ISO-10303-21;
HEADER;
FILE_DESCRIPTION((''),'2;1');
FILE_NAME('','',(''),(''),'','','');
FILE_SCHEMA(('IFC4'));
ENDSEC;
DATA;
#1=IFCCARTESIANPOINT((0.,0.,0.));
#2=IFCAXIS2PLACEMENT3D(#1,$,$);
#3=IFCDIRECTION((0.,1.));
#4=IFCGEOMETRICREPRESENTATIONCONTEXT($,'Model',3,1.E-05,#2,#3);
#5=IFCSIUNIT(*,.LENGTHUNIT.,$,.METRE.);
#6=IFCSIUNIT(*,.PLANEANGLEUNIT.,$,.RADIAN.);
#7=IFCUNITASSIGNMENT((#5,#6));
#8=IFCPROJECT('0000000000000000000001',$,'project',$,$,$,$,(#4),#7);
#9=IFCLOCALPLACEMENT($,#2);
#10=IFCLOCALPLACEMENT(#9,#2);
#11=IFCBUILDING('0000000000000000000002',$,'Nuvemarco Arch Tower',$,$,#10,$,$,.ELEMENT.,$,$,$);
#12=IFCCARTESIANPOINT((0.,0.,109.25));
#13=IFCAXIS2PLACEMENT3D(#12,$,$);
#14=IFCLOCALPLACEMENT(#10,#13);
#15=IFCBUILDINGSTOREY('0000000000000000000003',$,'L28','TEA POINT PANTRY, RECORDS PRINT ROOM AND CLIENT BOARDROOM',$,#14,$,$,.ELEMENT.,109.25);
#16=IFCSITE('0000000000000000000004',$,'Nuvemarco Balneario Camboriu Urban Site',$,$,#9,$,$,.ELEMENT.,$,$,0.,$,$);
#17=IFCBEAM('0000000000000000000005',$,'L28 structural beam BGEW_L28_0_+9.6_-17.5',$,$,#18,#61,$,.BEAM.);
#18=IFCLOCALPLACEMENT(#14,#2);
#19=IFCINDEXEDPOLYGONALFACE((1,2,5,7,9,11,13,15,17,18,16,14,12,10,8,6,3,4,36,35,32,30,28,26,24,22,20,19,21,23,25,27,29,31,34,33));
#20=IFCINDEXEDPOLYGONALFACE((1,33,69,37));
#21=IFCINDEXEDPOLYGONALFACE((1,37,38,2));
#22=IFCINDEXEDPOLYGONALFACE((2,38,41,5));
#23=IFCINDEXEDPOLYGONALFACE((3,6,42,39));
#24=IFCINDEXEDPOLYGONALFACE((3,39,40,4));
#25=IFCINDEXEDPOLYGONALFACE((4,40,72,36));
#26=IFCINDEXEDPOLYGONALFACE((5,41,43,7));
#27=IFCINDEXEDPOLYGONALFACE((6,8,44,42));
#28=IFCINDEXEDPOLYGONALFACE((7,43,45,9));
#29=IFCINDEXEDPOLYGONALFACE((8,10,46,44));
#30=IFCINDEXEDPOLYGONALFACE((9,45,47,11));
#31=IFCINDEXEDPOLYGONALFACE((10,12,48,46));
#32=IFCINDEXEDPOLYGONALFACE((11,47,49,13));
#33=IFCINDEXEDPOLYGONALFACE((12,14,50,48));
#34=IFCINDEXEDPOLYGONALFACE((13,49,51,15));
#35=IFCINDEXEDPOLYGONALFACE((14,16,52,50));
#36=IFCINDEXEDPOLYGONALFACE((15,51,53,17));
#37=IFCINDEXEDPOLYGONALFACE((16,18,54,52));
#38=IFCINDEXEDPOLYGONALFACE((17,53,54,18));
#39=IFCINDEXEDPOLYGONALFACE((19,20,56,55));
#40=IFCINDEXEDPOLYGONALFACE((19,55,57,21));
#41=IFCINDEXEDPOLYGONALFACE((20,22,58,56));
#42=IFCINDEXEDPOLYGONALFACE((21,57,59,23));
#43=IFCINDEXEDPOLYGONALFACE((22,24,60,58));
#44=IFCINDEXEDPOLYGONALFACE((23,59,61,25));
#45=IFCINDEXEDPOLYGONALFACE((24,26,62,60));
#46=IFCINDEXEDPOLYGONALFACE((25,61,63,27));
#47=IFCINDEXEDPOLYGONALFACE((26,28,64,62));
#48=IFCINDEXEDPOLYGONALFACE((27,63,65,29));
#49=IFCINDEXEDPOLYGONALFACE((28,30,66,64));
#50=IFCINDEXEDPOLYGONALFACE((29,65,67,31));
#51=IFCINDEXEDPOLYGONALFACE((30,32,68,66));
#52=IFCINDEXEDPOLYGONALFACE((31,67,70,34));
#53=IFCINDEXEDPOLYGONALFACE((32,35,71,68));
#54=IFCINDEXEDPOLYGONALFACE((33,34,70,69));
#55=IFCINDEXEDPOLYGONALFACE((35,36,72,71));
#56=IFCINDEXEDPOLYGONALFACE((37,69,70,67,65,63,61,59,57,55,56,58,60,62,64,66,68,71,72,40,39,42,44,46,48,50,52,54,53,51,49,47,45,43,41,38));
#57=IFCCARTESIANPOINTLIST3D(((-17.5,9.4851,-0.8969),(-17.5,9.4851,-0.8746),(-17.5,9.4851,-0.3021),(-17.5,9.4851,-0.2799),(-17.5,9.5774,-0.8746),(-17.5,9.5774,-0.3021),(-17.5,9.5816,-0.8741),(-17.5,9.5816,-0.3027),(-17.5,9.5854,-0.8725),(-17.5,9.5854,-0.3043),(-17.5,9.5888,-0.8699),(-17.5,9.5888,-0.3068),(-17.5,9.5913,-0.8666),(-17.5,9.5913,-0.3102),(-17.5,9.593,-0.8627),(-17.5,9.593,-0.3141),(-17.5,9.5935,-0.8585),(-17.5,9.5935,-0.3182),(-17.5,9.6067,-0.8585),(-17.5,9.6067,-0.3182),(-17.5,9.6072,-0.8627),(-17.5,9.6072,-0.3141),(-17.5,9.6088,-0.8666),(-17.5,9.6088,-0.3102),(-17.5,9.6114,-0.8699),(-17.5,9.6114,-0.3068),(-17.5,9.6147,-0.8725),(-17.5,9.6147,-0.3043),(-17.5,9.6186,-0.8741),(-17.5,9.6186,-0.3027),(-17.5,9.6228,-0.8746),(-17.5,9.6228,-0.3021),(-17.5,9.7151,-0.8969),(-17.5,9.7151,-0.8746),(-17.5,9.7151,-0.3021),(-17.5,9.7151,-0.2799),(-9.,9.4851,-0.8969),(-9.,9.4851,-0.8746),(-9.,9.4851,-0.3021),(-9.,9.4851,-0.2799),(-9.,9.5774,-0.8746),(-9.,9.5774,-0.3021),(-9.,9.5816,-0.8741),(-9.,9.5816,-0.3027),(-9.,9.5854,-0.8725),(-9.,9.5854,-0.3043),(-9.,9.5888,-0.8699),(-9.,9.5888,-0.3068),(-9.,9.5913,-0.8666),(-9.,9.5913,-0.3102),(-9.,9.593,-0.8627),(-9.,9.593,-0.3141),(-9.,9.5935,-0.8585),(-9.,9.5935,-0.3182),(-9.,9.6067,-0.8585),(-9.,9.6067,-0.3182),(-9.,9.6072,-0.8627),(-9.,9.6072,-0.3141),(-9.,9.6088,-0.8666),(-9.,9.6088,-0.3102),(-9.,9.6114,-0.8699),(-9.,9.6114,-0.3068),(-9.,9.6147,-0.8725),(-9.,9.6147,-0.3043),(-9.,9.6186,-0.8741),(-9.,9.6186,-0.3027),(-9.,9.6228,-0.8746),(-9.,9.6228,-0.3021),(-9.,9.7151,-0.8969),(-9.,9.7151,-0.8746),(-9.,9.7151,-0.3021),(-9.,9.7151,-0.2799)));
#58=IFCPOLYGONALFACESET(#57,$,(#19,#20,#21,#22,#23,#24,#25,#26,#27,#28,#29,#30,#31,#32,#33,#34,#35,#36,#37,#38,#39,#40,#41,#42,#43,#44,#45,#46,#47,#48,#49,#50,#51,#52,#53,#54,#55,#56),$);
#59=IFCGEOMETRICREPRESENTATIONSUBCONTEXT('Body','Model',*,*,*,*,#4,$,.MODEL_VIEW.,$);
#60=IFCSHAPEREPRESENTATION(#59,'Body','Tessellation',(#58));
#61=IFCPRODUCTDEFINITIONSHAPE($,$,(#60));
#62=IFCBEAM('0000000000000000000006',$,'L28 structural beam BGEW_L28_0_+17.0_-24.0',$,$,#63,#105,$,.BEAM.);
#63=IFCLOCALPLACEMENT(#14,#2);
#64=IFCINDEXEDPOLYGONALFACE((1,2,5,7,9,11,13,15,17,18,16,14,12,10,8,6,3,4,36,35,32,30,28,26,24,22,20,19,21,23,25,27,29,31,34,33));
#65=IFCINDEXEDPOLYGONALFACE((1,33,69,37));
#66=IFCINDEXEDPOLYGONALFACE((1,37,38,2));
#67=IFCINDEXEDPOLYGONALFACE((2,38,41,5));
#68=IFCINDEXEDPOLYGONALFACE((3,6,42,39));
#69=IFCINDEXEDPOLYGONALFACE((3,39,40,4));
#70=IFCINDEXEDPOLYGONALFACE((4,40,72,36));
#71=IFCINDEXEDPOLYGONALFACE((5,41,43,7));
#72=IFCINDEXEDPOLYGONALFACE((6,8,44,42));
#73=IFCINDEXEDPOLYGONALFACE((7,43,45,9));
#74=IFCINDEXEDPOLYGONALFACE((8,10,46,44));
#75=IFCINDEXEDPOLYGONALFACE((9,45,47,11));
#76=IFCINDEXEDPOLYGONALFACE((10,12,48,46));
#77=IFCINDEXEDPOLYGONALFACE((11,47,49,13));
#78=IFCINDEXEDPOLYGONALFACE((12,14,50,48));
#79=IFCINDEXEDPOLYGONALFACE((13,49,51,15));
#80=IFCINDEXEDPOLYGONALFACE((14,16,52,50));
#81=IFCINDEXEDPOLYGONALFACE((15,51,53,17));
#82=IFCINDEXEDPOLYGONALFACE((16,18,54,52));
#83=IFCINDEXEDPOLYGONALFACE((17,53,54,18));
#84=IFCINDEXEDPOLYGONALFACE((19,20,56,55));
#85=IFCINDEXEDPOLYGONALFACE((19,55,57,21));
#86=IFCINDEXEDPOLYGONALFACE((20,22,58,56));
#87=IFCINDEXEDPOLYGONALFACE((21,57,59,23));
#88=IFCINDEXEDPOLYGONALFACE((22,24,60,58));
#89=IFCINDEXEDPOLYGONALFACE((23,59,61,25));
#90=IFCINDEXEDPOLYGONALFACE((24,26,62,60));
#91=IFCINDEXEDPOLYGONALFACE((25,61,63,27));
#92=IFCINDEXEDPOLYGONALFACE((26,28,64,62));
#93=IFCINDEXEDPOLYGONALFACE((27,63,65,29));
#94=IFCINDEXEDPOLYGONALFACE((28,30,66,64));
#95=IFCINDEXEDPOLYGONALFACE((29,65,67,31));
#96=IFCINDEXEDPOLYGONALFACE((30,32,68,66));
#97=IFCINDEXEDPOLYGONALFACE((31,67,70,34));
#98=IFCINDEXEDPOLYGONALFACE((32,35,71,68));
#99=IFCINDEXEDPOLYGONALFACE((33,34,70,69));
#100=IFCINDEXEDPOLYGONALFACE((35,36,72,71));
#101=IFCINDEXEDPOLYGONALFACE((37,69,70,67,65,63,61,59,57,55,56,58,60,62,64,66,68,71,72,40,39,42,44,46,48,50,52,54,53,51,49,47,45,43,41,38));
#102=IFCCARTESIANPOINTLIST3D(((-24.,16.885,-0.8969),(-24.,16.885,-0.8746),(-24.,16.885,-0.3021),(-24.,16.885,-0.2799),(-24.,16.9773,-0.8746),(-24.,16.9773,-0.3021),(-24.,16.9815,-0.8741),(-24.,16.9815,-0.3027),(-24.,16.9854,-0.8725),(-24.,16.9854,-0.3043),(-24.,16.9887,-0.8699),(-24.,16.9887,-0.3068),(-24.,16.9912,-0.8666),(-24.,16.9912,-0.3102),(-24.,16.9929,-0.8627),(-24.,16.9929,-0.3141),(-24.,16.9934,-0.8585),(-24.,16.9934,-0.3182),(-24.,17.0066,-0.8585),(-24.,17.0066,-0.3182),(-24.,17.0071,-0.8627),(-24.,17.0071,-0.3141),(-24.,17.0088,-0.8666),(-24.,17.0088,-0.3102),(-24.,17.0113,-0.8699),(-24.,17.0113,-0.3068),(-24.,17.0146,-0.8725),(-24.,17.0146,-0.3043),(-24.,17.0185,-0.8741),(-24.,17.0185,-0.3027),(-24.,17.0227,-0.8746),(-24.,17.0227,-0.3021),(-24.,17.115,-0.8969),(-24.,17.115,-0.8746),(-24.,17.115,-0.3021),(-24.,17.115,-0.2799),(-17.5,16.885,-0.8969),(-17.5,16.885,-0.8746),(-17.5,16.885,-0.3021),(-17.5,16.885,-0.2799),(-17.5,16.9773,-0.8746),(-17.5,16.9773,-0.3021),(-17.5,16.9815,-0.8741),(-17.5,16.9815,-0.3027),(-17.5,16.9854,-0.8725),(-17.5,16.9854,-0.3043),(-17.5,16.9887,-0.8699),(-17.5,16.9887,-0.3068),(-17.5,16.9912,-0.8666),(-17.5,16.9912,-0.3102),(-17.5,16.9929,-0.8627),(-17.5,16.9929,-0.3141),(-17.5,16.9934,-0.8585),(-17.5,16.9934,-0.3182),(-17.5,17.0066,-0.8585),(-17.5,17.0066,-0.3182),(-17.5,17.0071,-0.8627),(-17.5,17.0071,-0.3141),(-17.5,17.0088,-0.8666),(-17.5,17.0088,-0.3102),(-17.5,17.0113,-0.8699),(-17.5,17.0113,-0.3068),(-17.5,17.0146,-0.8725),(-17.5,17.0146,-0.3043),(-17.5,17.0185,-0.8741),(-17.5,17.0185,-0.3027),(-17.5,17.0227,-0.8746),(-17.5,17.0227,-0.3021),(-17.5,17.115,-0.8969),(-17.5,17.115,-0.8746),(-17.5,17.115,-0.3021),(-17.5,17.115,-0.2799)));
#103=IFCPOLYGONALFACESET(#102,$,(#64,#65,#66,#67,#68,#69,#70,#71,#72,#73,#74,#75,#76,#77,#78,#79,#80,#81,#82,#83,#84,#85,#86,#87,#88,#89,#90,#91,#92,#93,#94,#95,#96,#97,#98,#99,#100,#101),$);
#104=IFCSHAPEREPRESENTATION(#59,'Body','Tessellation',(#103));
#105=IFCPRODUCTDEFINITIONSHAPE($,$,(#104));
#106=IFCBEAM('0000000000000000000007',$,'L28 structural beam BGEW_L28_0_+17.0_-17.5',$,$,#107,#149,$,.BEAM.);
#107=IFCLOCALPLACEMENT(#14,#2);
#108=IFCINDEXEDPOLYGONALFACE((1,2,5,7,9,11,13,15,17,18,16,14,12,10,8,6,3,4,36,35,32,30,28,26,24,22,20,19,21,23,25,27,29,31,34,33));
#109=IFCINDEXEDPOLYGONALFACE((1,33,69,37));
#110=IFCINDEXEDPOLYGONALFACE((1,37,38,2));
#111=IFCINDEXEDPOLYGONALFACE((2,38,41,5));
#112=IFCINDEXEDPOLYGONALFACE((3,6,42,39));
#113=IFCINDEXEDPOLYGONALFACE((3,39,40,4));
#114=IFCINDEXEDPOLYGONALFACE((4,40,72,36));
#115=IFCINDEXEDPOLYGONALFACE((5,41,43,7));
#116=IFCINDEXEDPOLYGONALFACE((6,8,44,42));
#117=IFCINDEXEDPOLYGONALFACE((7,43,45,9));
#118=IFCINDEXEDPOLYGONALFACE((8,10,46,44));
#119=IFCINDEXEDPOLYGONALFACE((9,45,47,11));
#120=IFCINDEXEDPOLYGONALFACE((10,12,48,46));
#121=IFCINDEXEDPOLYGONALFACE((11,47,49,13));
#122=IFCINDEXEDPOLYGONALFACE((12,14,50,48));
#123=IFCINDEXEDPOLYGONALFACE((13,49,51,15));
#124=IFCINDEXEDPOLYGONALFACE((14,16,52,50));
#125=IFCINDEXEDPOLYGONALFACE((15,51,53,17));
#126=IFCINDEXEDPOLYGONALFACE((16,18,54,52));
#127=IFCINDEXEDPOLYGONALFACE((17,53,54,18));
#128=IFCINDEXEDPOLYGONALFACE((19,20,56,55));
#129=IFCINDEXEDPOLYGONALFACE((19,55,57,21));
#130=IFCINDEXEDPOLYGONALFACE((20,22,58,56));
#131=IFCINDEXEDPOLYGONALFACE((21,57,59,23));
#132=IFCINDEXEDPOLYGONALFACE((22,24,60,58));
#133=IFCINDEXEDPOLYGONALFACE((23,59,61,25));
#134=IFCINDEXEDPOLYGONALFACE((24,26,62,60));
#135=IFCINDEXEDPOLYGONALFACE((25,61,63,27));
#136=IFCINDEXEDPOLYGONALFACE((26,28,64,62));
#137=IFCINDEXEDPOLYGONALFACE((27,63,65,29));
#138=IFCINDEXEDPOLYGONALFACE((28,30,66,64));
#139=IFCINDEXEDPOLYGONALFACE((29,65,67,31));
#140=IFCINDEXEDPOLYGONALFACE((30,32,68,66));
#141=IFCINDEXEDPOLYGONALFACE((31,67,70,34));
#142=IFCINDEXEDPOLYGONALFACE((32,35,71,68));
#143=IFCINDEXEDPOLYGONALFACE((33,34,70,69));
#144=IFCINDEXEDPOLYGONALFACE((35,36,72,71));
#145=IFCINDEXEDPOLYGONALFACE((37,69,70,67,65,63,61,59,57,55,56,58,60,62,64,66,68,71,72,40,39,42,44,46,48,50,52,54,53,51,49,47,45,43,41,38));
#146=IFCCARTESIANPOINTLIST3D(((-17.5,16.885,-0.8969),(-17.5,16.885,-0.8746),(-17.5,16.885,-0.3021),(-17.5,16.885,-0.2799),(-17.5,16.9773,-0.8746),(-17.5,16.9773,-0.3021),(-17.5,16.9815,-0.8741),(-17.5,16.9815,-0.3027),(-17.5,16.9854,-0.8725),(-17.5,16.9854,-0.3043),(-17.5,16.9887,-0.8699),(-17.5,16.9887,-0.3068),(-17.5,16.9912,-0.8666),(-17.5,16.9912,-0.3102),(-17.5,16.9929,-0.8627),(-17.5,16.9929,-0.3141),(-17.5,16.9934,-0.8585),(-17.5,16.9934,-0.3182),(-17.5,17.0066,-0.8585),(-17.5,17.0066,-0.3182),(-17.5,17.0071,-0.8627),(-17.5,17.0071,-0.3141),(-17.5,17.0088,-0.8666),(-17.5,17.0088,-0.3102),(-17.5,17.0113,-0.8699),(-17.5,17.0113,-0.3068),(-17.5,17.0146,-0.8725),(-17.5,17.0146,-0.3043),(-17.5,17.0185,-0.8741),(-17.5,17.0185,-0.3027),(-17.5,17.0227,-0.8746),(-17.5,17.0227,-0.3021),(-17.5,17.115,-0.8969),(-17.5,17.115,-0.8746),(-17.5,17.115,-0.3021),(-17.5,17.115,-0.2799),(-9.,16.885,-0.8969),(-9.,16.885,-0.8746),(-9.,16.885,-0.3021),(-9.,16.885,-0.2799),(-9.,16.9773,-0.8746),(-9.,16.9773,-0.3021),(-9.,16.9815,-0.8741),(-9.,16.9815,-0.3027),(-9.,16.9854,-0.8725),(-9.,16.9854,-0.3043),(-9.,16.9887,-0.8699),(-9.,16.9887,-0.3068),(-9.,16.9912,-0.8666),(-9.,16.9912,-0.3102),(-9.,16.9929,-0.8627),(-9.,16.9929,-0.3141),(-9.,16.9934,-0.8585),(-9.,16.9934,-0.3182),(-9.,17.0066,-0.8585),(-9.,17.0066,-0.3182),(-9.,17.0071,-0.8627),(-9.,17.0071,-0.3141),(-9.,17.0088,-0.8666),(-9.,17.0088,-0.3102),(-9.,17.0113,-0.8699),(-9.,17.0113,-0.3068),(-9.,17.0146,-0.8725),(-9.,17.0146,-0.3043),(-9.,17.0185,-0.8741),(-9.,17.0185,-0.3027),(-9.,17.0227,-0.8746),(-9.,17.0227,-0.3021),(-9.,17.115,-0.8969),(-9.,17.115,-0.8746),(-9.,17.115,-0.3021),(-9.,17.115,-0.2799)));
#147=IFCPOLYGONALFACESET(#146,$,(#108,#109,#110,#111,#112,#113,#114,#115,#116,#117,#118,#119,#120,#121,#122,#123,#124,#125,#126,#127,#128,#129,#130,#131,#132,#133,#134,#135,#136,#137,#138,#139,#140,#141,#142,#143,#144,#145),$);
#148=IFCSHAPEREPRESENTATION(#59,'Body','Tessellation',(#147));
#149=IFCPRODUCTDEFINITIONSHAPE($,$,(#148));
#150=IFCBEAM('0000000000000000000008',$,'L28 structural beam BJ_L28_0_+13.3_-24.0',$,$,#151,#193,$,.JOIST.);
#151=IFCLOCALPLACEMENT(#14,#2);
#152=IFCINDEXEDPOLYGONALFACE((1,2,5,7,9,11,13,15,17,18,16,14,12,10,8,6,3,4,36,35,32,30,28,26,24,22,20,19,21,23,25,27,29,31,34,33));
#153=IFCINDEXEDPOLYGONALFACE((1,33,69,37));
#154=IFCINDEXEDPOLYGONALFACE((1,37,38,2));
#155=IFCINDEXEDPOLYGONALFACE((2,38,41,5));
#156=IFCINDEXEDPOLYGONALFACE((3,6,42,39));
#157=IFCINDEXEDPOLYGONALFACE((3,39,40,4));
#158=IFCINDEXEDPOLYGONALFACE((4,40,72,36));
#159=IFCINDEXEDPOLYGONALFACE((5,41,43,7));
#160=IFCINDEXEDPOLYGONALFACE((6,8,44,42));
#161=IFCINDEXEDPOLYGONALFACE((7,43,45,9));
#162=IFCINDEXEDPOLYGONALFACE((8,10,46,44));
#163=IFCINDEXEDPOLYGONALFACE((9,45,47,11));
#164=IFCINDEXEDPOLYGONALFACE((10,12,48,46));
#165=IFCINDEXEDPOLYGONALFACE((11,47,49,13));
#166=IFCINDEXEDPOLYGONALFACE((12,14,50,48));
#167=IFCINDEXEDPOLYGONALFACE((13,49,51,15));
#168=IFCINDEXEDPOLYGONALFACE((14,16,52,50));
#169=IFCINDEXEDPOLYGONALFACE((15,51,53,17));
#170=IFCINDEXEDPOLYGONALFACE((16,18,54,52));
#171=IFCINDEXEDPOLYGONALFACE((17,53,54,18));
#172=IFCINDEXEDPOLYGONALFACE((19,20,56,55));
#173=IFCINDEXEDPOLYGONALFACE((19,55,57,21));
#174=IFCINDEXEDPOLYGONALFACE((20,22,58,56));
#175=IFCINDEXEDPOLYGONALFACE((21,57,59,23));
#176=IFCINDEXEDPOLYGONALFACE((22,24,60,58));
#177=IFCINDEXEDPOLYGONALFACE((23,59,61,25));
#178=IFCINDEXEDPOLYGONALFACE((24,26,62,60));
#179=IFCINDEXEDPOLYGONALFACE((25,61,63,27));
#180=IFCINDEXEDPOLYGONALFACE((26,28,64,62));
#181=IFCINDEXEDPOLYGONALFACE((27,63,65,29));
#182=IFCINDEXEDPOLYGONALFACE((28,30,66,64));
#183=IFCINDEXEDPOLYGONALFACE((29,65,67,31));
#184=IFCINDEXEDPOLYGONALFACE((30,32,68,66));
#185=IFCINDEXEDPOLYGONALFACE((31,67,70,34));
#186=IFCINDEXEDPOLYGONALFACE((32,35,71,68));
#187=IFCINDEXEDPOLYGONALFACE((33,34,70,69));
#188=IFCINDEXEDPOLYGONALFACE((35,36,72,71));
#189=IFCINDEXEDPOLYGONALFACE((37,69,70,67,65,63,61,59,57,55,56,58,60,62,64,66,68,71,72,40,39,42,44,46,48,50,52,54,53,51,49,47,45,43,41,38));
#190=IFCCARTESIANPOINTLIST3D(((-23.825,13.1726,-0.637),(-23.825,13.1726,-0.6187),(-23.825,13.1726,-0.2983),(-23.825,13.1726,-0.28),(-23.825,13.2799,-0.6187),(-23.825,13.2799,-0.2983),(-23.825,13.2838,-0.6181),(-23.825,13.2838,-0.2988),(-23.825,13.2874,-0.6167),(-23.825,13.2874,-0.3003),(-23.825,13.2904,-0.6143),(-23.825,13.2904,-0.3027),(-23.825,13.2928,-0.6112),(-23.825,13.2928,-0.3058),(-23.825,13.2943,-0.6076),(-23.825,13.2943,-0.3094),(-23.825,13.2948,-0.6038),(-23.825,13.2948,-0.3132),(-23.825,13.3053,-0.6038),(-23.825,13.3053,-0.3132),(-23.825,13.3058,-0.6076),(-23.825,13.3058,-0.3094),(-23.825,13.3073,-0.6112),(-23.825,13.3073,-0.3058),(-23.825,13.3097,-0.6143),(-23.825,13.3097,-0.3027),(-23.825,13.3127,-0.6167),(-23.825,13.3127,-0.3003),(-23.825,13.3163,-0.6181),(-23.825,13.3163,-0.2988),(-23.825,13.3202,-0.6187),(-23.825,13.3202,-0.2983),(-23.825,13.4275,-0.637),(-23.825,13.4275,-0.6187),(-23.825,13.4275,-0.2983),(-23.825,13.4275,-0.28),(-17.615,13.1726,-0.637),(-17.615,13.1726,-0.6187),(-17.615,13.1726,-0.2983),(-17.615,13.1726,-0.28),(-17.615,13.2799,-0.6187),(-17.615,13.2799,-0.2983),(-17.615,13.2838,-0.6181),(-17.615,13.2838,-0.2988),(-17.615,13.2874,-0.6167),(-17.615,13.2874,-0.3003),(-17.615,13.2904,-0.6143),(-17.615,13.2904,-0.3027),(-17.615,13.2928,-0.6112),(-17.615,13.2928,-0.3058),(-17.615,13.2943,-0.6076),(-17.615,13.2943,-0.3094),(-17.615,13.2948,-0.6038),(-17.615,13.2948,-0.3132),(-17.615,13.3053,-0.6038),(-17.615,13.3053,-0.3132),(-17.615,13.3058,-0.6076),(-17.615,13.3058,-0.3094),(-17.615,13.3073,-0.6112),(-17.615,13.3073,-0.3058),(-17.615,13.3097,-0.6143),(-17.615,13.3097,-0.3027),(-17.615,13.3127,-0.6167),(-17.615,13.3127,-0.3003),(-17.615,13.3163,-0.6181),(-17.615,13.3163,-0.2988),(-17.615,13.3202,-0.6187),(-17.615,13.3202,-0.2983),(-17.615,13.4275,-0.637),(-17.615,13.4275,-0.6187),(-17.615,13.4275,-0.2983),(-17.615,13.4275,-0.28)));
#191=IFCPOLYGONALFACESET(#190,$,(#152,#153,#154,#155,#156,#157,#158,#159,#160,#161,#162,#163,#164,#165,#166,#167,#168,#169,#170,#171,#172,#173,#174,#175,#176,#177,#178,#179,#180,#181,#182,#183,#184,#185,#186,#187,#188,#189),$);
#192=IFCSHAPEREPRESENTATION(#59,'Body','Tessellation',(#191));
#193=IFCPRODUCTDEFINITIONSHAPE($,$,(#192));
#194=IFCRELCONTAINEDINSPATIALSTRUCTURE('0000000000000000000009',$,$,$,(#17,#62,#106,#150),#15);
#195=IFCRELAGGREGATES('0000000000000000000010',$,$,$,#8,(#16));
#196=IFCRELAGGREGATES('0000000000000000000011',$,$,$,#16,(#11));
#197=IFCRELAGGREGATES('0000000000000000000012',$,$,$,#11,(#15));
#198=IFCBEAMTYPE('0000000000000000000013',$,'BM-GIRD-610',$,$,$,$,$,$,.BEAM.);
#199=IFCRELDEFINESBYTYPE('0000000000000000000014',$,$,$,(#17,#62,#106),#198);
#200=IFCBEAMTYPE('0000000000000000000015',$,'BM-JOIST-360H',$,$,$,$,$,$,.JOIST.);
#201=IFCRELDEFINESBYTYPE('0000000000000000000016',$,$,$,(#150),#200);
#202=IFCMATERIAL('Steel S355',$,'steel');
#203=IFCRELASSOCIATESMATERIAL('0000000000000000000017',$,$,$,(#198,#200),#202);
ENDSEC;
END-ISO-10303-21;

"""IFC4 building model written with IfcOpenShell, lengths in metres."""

from ifc_helpers import new_model, si_unit, direction, frame, origin, origin_2d, place, context, subcontext, project, spatial, i_section, extrude, material, material_profile, profile_set, type_object, element, save


model = new_model("IFC4")

# Units and contexts
model_context = context("Model", 3, precision=1e-05, world=origin(), true_north=direction((0.0, 1.0)))
body_context = subcontext(model_context, "Body", "Model", "MODEL_VIEW")
ifc_project = project(units=[si_unit("LENGTHUNIT", "METRE"), si_unit("PLANEANGLEUNIT", "RADIAN")], contexts=[model_context])

# Site, building, storey
site_placement = place(None, origin())
site = spatial("IfcSite", under=ifc_project, at=site_placement, Name="Nuvemarco Balneario Camboriu Urban Site", CompositionType="ELEMENT", RefElevation=0.0)
building_placement = place(site_placement, origin())
building = spatial("IfcBuilding", under=site, at=building_placement, Name="Nuvemarco Arch Tower", CompositionType="ELEMENT")
storey_placement = place(building_placement, frame((0.0, 0.0, 109.25)))
storey = spatial("IfcBuildingStorey", under=building, at=storey_placement, Name="L28", Description="TEA POINT PANTRY, RECORDS PRINT ROOM AND CLIENT BOARDROOM", CompositionType="ELEMENT", Elevation=109.25)

# Shared definitions
ifc_material_1 = material(Name="Steel S355", Category="steel")

# Beams
ifc_material_profile_1 = material_profile(ifc_material_1, i_section(OverallWidth=0.23, OverallDepth=0.6169, WebThickness=0.0132, FlangeThickness=0.0222, FilletRadius=0.0161, at=origin_2d()), Name="W610x140")
ifc_profile_set_1 = profile_set([ifc_material_profile_1], Name="Steel S355")
beam_type_1 = type_object("IfcBeamType", Name="BM-GIRD-610", PredefinedType="BEAM", material=ifc_profile_set_1)
beam_1_placement = place(storey_placement, frame((-17.5, 9.6001, -0.5884), z_axis=(1.0, 0.0, 0.0), x_axis=(0.0, 1.0, 0.0)))
element("IfcBeam", 1, at=beam_1_placement, inside=storey, type_object=beam_type_1, Name="L28 structural beam BGEW_L28_0_+9.6_-17.5", PredefinedType="BEAM", context=body_context, shape_type="SweptSolid", body=[
    extrude(i_section(OverallWidth=0.23, OverallDepth=0.6169, WebThickness=0.0132, FlangeThickness=0.0222, FilletRadius=0.0161, at=origin_2d()), origin(), (0.0, 0.0, 1.0), 8.5),
])
beam_2_placement = place(storey_placement, frame((-24.0, 17.0, -0.5884), z_axis=(1.0, 0.0, 0.0), x_axis=(0.0, 1.0, 0.0)))
element("IfcBeam", 2, at=beam_2_placement, inside=storey, type_object=beam_type_1, Name="L28 structural beam BGEW_L28_0_+17.0_-24.0", PredefinedType="BEAM", context=body_context, shape_type="SweptSolid", body=[
    extrude(i_section(OverallWidth=0.23, OverallDepth=0.6169, WebThickness=0.0132, FlangeThickness=0.0222, FilletRadius=0.0161, at=origin_2d()), origin(), (0.0, 0.0, 1.0), 6.5),
])
beam_3_placement = place(storey_placement, frame((-17.5, 17.0, -0.5884), z_axis=(1.0, 0.0, 0.0), x_axis=(0.0, 1.0, 0.0)))
element("IfcBeam", 3, at=beam_3_placement, inside=storey, type_object=beam_type_1, Name="L28 structural beam BGEW_L28_0_+17.0_-17.5", PredefinedType="BEAM", context=body_context, shape_type="SweptSolid", body=[
    extrude(i_section(OverallWidth=0.23, OverallDepth=0.6169, WebThickness=0.0132, FlangeThickness=0.0222, FilletRadius=0.0161, at=origin_2d()), origin(), (0.0, 0.0, 1.0), 8.5),
])
ifc_material_profile_2 = material_profile(ifc_material_1, i_section(OverallWidth=0.2549, OverallDepth=0.3569, WebThickness=0.0105, FlangeThickness=0.0183, FilletRadius=0.0149, at=origin_2d()), Name="W360x101")
ifc_profile_set_2 = profile_set([ifc_material_profile_2], Name="Steel S355")
beam_type_2 = type_object("IfcBeamType", Name="BM-JOIST-360H", PredefinedType="JOIST", material=ifc_profile_set_2)
beam_4_placement = place(storey_placement, frame((-23.825, 13.3, -0.4585), z_axis=(1.0, 0.0, 0.0), x_axis=(0.0, 1.0, 0.0)))
element("IfcBeam", 4, at=beam_4_placement, inside=storey, type_object=beam_type_2, Name="L28 structural beam BJ_L28_0_+13.3_-24.0", PredefinedType="JOIST", context=body_context, shape_type="SweptSolid", body=[
    extrude(i_section(OverallWidth=0.2549, OverallDepth=0.3569, WebThickness=0.0105, FlangeThickness=0.0183, FilletRadius=0.0149, at=origin_2d()), origin(), (0.0, 0.0, 1.0), 6.21),
])

save(model, "model.ifc")
